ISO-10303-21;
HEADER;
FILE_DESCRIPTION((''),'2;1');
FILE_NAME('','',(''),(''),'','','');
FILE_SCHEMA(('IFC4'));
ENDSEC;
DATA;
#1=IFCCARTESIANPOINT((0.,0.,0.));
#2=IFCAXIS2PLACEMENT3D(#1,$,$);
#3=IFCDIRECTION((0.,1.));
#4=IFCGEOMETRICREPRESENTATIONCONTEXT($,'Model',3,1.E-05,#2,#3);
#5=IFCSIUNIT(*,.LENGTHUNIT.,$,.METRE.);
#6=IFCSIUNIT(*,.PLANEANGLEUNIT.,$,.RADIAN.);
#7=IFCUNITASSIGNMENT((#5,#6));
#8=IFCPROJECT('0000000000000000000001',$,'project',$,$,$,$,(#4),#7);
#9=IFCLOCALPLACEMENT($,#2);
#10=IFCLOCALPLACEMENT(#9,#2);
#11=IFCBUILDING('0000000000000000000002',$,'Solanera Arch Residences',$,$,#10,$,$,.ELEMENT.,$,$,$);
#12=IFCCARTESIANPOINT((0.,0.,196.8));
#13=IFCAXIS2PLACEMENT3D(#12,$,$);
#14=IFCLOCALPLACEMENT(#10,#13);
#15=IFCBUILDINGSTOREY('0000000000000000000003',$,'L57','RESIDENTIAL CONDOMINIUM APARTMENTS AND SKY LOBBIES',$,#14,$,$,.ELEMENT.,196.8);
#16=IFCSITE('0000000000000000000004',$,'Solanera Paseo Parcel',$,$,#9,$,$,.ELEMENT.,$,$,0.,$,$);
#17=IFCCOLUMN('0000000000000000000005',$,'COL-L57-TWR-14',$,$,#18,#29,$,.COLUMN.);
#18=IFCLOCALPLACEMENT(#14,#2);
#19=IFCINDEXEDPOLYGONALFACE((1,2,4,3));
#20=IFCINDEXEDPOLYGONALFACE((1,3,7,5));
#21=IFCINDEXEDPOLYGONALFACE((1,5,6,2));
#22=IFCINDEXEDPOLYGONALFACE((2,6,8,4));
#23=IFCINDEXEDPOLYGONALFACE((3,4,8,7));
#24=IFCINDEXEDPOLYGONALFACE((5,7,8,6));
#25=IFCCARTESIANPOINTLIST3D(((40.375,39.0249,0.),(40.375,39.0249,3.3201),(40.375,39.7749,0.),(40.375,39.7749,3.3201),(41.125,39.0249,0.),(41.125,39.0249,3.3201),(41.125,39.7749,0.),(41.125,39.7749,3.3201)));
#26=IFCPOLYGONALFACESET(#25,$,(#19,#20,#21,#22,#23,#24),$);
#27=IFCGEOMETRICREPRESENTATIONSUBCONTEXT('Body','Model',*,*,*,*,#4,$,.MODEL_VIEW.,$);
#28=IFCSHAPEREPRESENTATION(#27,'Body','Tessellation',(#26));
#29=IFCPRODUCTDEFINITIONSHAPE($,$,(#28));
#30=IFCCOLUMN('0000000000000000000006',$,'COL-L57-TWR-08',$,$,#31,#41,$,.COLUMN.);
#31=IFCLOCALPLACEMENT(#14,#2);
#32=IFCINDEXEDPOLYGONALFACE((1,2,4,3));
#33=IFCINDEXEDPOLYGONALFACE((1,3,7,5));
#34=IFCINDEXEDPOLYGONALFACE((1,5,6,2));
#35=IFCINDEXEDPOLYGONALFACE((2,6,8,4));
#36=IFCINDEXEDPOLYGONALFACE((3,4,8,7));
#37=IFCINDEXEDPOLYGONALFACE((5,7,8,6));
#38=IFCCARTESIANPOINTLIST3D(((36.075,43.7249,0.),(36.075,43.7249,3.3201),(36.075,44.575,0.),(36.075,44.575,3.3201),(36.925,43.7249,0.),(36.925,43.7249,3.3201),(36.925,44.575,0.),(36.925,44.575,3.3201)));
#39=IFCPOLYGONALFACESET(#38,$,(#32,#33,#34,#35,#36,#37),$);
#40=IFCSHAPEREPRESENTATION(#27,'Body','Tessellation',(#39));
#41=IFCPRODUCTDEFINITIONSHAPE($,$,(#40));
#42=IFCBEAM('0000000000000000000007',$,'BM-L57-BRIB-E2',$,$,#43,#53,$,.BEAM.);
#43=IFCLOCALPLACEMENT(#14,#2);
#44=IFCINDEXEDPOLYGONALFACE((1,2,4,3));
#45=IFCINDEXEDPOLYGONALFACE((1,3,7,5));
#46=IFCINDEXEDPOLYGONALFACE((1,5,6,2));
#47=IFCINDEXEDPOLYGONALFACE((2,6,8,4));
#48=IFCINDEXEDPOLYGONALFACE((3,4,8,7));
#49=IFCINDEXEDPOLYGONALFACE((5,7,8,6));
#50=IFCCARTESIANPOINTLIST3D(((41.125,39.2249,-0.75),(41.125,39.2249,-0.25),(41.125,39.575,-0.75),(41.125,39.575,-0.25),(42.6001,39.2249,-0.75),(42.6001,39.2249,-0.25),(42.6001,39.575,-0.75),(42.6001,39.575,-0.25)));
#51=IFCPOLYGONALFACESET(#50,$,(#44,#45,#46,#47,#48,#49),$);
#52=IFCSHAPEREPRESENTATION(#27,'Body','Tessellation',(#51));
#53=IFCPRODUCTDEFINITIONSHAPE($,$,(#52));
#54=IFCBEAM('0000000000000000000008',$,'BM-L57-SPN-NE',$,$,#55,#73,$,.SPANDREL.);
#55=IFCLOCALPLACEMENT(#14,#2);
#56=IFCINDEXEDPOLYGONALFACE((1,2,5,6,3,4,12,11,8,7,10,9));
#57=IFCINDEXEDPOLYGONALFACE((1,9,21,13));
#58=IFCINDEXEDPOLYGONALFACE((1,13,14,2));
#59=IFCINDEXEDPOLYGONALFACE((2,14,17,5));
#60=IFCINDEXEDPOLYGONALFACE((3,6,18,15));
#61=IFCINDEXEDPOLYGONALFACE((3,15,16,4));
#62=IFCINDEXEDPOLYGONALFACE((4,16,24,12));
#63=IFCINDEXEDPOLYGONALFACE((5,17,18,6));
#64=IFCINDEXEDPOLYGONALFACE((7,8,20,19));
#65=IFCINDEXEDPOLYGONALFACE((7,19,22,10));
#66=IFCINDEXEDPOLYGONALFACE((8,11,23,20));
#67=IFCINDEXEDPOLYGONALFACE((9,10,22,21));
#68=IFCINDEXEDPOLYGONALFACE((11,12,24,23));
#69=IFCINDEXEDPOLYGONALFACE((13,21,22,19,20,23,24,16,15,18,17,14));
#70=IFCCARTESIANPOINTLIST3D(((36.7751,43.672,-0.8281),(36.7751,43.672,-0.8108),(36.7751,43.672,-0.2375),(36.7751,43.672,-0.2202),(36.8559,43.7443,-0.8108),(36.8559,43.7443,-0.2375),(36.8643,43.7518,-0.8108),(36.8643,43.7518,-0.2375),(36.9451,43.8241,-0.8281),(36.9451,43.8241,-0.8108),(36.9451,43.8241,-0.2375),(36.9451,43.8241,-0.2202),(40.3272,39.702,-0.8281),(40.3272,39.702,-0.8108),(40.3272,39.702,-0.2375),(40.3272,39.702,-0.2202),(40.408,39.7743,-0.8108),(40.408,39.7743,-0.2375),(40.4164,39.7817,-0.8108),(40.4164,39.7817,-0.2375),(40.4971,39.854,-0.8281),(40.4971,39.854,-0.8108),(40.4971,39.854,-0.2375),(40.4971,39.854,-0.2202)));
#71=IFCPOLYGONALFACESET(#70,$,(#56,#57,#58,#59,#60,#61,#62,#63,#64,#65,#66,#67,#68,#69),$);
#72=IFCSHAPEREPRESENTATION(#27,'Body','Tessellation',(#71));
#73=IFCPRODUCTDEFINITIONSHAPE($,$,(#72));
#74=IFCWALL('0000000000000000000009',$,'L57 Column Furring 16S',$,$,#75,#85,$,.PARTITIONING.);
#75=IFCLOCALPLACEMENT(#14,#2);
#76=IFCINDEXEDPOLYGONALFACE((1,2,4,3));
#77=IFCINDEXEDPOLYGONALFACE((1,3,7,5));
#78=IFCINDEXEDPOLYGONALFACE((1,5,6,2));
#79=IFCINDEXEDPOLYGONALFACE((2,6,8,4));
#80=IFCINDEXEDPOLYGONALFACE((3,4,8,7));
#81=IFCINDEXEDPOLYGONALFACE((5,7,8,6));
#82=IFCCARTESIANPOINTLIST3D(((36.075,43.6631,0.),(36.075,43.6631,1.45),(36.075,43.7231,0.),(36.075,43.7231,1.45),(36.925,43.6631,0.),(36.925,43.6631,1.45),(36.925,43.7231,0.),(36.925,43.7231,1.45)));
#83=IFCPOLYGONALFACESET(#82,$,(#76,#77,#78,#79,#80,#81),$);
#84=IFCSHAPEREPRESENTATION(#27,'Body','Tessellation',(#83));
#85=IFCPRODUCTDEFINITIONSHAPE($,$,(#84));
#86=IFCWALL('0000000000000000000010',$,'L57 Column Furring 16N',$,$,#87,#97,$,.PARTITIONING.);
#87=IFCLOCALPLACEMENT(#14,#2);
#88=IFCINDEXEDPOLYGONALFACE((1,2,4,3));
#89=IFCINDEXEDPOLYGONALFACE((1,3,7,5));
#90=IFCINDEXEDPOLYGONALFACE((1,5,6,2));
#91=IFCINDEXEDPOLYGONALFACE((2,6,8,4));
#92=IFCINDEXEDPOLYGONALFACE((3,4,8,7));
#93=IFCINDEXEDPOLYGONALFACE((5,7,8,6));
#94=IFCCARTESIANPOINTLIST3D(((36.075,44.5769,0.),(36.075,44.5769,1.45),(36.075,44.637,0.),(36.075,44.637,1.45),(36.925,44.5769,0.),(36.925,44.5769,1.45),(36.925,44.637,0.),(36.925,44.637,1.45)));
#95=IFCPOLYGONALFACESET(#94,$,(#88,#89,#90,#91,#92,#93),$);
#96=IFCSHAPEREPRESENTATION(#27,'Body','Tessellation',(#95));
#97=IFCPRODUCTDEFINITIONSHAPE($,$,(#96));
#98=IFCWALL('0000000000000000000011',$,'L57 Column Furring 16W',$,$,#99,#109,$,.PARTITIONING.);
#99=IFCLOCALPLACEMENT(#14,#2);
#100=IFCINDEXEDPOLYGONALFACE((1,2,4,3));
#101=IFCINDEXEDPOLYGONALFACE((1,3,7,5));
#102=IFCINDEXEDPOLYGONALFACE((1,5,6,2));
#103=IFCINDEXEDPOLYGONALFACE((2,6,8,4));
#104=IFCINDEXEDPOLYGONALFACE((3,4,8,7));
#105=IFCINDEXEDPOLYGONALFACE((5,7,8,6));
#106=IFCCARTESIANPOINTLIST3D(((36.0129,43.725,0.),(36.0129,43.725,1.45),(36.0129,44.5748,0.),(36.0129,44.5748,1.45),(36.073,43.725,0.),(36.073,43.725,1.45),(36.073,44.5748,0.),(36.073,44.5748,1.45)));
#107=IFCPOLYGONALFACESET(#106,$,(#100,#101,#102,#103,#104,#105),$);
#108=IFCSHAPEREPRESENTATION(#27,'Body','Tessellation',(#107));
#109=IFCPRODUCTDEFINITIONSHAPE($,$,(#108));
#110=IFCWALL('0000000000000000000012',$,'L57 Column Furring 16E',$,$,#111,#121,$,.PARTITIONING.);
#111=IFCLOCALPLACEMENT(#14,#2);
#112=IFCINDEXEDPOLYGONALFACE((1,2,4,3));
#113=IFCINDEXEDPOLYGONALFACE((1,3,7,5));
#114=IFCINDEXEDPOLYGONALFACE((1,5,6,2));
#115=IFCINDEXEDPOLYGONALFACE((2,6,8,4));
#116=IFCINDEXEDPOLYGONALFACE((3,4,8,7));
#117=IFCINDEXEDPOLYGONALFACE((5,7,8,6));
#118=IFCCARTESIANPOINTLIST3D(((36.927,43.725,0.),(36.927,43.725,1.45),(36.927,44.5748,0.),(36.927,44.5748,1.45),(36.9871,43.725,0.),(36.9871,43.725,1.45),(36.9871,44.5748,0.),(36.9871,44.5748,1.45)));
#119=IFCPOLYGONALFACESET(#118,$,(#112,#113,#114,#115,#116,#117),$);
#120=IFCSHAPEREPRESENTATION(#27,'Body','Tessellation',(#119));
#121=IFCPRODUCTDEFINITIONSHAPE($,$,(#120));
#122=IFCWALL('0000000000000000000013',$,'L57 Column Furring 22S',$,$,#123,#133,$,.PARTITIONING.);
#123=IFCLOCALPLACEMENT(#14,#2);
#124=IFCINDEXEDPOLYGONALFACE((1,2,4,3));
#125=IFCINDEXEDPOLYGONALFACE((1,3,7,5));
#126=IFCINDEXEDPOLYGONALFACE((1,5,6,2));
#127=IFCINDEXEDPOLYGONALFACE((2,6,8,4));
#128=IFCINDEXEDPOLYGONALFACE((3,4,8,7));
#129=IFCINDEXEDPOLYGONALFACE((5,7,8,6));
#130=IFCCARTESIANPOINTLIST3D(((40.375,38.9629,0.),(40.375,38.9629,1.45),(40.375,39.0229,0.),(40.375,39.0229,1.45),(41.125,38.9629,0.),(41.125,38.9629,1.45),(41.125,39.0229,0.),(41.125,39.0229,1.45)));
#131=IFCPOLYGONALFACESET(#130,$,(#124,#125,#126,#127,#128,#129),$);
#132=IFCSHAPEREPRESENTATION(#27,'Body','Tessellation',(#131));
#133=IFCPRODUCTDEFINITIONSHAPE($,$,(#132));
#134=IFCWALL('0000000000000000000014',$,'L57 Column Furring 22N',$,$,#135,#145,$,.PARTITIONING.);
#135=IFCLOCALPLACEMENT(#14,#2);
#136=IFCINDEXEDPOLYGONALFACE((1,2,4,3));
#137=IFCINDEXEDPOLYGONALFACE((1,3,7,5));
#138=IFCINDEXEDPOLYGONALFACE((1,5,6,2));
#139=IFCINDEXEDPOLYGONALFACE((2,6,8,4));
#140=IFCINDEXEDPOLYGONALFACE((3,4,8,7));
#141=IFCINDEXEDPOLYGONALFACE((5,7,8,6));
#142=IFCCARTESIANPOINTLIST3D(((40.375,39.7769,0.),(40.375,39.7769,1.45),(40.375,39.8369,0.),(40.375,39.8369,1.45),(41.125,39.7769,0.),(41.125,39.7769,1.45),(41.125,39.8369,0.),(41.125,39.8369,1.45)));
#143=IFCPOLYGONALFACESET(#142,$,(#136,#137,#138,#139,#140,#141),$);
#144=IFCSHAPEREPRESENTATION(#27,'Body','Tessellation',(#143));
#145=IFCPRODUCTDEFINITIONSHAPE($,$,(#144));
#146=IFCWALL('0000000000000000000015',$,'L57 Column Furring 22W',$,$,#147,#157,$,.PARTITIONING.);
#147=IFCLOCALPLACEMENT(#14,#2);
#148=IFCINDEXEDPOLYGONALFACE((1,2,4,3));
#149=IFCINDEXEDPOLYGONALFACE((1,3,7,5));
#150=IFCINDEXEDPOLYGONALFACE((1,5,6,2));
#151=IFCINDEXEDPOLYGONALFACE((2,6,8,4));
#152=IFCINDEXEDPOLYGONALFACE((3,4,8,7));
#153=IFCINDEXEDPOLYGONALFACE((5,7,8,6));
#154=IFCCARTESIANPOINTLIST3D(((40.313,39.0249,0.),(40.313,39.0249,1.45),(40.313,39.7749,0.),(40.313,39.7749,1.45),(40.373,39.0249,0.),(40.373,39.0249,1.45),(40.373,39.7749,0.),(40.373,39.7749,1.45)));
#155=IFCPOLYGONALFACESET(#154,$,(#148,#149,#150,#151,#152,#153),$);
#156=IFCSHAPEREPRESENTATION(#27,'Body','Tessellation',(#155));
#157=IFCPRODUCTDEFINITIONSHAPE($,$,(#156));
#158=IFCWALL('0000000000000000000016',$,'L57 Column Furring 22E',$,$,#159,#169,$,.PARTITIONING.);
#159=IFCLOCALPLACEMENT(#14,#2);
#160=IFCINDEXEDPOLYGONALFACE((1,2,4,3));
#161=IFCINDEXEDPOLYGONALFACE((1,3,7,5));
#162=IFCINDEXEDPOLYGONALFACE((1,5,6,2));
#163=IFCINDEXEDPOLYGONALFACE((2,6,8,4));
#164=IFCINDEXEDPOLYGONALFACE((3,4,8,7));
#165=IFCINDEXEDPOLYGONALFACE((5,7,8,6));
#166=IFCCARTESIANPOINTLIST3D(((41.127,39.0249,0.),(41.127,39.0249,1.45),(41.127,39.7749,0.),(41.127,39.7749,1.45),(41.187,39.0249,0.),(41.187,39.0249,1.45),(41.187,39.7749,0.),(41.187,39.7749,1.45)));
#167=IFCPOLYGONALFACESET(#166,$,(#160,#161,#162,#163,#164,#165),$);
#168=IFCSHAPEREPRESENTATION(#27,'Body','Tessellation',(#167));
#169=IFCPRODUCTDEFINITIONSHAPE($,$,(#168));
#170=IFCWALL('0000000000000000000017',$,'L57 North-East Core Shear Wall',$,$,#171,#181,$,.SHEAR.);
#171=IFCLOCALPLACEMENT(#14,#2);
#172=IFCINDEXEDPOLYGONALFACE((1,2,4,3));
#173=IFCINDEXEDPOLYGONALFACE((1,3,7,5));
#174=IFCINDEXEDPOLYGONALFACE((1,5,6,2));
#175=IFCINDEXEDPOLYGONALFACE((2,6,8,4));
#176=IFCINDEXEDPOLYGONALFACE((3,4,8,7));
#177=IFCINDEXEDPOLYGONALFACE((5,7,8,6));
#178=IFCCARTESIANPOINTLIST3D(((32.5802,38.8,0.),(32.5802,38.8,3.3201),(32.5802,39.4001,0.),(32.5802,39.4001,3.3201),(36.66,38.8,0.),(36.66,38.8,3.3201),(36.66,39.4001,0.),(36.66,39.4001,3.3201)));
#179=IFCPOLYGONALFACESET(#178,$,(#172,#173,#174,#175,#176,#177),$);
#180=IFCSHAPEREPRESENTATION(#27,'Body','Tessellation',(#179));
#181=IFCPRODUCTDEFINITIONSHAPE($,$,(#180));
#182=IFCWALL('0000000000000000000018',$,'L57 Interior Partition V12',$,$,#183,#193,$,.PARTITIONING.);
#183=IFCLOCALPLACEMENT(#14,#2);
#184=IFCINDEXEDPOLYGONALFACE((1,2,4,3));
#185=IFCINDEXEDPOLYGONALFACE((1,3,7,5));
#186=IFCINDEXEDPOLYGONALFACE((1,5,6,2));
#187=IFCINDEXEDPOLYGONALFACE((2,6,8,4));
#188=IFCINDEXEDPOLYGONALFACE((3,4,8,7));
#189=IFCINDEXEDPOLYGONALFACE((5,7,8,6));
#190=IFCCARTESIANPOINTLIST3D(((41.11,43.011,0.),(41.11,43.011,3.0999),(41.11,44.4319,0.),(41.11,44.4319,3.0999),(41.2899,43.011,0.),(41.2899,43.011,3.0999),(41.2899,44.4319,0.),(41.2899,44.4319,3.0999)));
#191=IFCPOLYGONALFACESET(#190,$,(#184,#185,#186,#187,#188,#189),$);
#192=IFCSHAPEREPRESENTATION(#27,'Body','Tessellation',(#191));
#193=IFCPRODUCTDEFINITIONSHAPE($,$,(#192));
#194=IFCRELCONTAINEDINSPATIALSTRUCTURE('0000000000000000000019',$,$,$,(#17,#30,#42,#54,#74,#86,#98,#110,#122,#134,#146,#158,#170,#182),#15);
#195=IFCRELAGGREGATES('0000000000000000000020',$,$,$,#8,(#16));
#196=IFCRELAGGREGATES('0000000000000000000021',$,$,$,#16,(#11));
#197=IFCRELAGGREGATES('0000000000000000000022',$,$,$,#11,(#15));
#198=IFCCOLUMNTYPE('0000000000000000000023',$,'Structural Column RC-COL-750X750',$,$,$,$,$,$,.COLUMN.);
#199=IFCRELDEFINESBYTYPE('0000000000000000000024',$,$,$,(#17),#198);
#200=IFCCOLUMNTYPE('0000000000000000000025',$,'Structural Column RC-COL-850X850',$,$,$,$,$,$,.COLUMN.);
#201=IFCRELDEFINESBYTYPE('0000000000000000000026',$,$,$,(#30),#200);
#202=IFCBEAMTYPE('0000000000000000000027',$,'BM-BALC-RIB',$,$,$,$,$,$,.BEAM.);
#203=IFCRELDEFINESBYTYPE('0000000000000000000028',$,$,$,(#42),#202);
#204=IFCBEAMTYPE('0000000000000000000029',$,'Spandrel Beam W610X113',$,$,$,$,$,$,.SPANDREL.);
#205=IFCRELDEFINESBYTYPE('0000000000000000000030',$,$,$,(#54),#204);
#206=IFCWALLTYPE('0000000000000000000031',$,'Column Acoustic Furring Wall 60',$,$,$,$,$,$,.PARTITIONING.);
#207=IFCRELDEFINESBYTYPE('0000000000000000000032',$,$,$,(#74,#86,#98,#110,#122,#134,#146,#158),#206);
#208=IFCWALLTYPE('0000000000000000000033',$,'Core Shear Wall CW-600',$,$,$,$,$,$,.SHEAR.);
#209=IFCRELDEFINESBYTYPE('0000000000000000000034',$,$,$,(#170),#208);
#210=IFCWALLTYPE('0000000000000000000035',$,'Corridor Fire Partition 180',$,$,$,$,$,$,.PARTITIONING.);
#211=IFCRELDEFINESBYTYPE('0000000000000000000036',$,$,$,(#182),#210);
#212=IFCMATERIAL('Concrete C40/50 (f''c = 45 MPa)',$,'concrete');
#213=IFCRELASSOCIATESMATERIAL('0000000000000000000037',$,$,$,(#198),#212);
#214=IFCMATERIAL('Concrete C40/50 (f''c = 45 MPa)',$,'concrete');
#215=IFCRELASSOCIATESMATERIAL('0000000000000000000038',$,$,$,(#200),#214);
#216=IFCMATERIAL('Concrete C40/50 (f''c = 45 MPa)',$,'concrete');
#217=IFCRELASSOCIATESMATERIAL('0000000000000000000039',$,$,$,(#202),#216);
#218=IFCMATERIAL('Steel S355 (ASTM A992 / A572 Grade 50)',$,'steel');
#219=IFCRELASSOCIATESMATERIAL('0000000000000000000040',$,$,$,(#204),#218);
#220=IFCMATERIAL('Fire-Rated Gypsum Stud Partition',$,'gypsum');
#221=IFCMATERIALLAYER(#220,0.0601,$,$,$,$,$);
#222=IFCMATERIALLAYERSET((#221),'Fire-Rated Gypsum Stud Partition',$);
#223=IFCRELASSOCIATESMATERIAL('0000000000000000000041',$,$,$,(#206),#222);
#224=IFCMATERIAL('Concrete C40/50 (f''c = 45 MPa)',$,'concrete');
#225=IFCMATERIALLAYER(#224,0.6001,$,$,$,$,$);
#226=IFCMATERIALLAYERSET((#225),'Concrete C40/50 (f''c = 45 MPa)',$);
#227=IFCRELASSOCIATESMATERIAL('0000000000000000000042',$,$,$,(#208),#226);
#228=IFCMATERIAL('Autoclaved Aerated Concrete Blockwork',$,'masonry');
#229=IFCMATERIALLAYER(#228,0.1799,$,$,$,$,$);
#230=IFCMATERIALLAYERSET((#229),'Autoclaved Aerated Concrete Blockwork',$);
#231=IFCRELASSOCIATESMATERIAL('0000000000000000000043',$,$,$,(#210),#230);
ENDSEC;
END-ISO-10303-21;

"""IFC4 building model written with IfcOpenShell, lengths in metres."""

from ifc_helpers import new_model, si_unit, direction, frame, frame_2d, origin, origin_2d, place, context, subcontext, project, spatial, rectangle, i_section, extrude, material, layer, layer_set, material_profile, profile_set, type_object, element, save


model = new_model("IFC4")

# Units and contexts
model_context = context("Model", 3, precision=1e-05, world=origin(), true_north=direction((0.0, 1.0)))
body_context = subcontext(model_context, "Body", "Model", "MODEL_VIEW")
ifc_project = project(units=[si_unit("LENGTHUNIT", "METRE"), si_unit("PLANEANGLEUNIT", "RADIAN")], contexts=[model_context])

# Site, building, storey
site_placement = place(None, origin())
site = spatial("IfcSite", under=ifc_project, at=site_placement, Name="Solanera Paseo Parcel", CompositionType="ELEMENT", RefElevation=0.0)
building_placement = place(site_placement, origin())
building = spatial("IfcBuilding", under=site, at=building_placement, Name="Solanera Arch Residences", CompositionType="ELEMENT")
storey_placement = place(building_placement, frame((0.0, 0.0, 196.8)))
storey = spatial("IfcBuildingStorey", under=building, at=storey_placement, Name="L57", Description="RESIDENTIAL CONDOMINIUM APARTMENTS AND SKY LOBBIES", CompositionType="ELEMENT", Elevation=196.8)

# Columns
ifc_material_1 = material(Name="Concrete C40/50 (f'c = 45 MPa)", Category="concrete")
ifc_material_profile_1 = material_profile(ifc_material_1, rectangle(XDim=0.75, YDim=0.75, at=origin_2d()))
ifc_profile_set_1 = profile_set([ifc_material_profile_1], Name="Concrete C40/50 (f'c = 45 MPa)")
column_type_1 = type_object("IfcColumnType", Name="Structural Column RC-COL-750X750", PredefinedType="COLUMN", material=ifc_profile_set_1)
column_1_placement = place(storey_placement, frame((40.75, 39.3999, 0.0), z_axis=(0.0, 0.0, 1.0), x_axis=(1.0, 0.0, 0.0)))
element("IfcColumn", 1, at=column_1_placement, inside=storey, type_object=column_type_1, Name="COL-L57-TWR-14", PredefinedType="COLUMN", context=body_context, shape_type="SweptSolid", body=[
    extrude(rectangle(XDim=0.75, YDim=0.75, at=origin_2d()), origin(), (0.0, 0.0, 1.0), 3.3201),
])
ifc_material_2 = material(Name="Concrete C40/50 (f'c = 45 MPa)", Category="concrete")
ifc_material_profile_2 = material_profile(ifc_material_2, rectangle(XDim=0.8501, YDim=0.8501, at=origin_2d()))
ifc_profile_set_2 = profile_set([ifc_material_profile_2], Name="Concrete C40/50 (f'c = 45 MPa)")
column_type_2 = type_object("IfcColumnType", Name="Structural Column RC-COL-850X850", PredefinedType="COLUMN", material=ifc_profile_set_2)
column_2_placement = place(storey_placement, frame((36.5, 44.1499, 0.0), z_axis=(0.0, 0.0, 1.0), x_axis=(1.0, 0.0, 0.0)))
element("IfcColumn", 2, at=column_2_placement, inside=storey, type_object=column_type_2, Name="COL-L57-TWR-08", PredefinedType="COLUMN", context=body_context, shape_type="SweptSolid", body=[
    extrude(rectangle(XDim=0.8501, YDim=0.8501, at=origin_2d()), origin(), (0.0, 0.0, 1.0), 3.3201),
])

# Beams
ifc_material_3 = material(Name="Concrete C40/50 (f'c = 45 MPa)", Category="concrete")
ifc_material_profile_3 = material_profile(ifc_material_3, rectangle(XDim=0.3501, YDim=0.5, at=origin_2d()))
ifc_profile_set_3 = profile_set([ifc_material_profile_3], Name="Concrete C40/50 (f'c = 45 MPa)")
beam_type_1 = type_object("IfcBeamType", Name="BM-BALC-RIB", PredefinedType="BEAM", material=ifc_profile_set_3)
beam_1_placement = place(storey_placement, frame((41.125, 39.3999, -0.5), z_axis=(1.0, 0.0, 0.0), x_axis=(0.0, 1.0, 0.0)))
element("IfcBeam", 3, at=beam_1_placement, inside=storey, type_object=beam_type_1, Name="BM-L57-BRIB-E2", PredefinedType="BEAM", context=body_context, shape_type="SweptSolid", body=[
    extrude(rectangle(XDim=0.3501, YDim=0.5, at=origin_2d()), origin(), (0.0, 0.0, 1.0), 1.4751),
])
ifc_material_4 = material(Name="Steel S355 (ASTM A992 / A572 Grade 50)", Category="steel")
ifc_material_profile_4 = material_profile(ifc_material_4, i_section(OverallWidth=0.228, OverallDepth=0.6079, WebThickness=0.0112, FlangeThickness=0.0173, at=origin_2d()))
ifc_profile_set_4 = profile_set([ifc_material_profile_4], Name="Steel S355 (ASTM A992 / A572 Grade 50)")
beam_type_2 = type_object("IfcBeamType", Name="Spandrel Beam W610X113", PredefinedType="SPANDREL", material=ifc_profile_set_4)
beam_2_placement = place(storey_placement, frame((36.8601, 43.748, -0.5242), z_axis=(0.666787, -0.745249, 0.0), x_axis=(0.745249, 0.666787, 0.0)))
element("IfcBeam", 4, at=beam_2_placement, inside=storey, type_object=beam_type_2, Name="BM-L57-SPN-NE", PredefinedType="SPANDREL", context=body_context, shape_type="SweptSolid", body=[
    extrude(i_section(OverallWidth=0.228, OverallDepth=0.6079, WebThickness=0.0112, FlangeThickness=0.0173, at=origin_2d()), origin(), (0.0, 0.0, 1.0), 5.3271),
])

# Walls
ifc_material_5 = material(Name="Fire-Rated Gypsum Stud Partition", Category="gypsum")
ifc_layer_1 = layer(ifc_material_5, 0.0601)
ifc_layer_set_1 = layer_set([ifc_layer_1], Name="Fire-Rated Gypsum Stud Partition")
wall_type_1 = type_object("IfcWallType", Name="Column Acoustic Furring Wall 60", PredefinedType="PARTITIONING", material=ifc_layer_set_1)
for number, where, z_axis, x_axis, name in (
    (5, (36.075, 43.6931, 0.0), (0.0, 0.0, 1.0), (1.0, 0.0, 0.0), "L57 Column Furring 16S"),
    (6, (36.075, 44.6069, 0.0), (0.0, 0.0, 1.0), (1.0, 0.0, 0.0), "L57 Column Furring 16N"),
):
    element("IfcWall", number, at=place(storey_placement, frame(where, z_axis=z_axis, x_axis=x_axis)), inside=storey, type_object=wall_type_1, Name=name, PredefinedType="PARTITIONING", context=body_context, shape_type="SweptSolid", body=[
        extrude(rectangle(XDim=0.8501, YDim=0.0601, at=frame_2d((0.425, 0.0))), origin(), (0.0, 0.0, 1.0), 1.45),
    ])
for number, where, z_axis, x_axis, name in (
    (7, (36.043, 43.7251, 0.0), (0.0, 0.0, 1.0), (0.0, 1.0, 0.0), "L57 Column Furring 16W"),
    (8, (36.957, 43.7251, 0.0), (0.0, 0.0, 1.0), (0.0, 1.0, 0.0), "L57 Column Furring 16E"),
):
    element("IfcWall", number, at=place(storey_placement, frame(where, z_axis=z_axis, x_axis=x_axis)), inside=storey, type_object=wall_type_1, Name=name, PredefinedType="PARTITIONING", context=body_context, shape_type="SweptSolid", body=[
        extrude(rectangle(XDim=0.8499, YDim=0.0601, at=frame_2d((0.4248, 0.0))), origin(), (0.0, 0.0, 1.0), 1.45),
    ])
for number, where, z_axis, x_axis, name in (
    (9, (40.375, 38.9929, 0.0), (0.0, 0.0, 1.0), (1.0, 0.0, 0.0), "L57 Column Furring 22S"),
    (10, (40.375, 39.8069, 0.0), (0.0, 0.0, 1.0), (1.0, 0.0, 0.0), "L57 Column Furring 22N"),
    (11, (40.343, 39.0249, 0.0), (0.0, 0.0, 1.0), (0.0, 1.0, 0.0), "L57 Column Furring 22W"),
    (12, (41.157, 39.0249, 0.0), (0.0, 0.0, 1.0), (0.0, 1.0, 0.0), "L57 Column Furring 22E"),
):
    element("IfcWall", number, at=place(storey_placement, frame(where, z_axis=z_axis, x_axis=x_axis)), inside=storey, type_object=wall_type_1, Name=name, PredefinedType="PARTITIONING", context=body_context, shape_type="SweptSolid", body=[
        extrude(rectangle(XDim=0.75, YDim=0.0601, at=frame_2d((0.375, 0.0))), origin(), (0.0, 0.0, 1.0), 1.45),
    ])
ifc_material_6 = material(Name="Concrete C40/50 (f'c = 45 MPa)", Category="concrete")
ifc_layer_2 = layer(ifc_material_6, 0.6001)
ifc_layer_set_2 = layer_set([ifc_layer_2], Name="Concrete C40/50 (f'c = 45 MPa)")
wall_type_2 = type_object("IfcWallType", Name="Core Shear Wall CW-600", PredefinedType="SHEAR", material=ifc_layer_set_2)
wall_1_placement = place(storey_placement, frame((32.5801, 39.1001, 0.0), z_axis=(0.0, 0.0, 1.0), x_axis=(1.0, 0.0, 0.0)))
element("IfcWall", 13, at=wall_1_placement, inside=storey, type_object=wall_type_2, Name="L57 North-East Core Shear Wall", PredefinedType="SHEAR", context=body_context, shape_type="SweptSolid", body=[
    extrude(rectangle(XDim=4.0798, YDim=0.6001, at=frame_2d((2.04, 0.0))), origin(), (0.0, 0.0, 1.0), 3.3201),
])
ifc_material_7 = material(Name="Autoclaved Aerated Concrete Blockwork", Category="masonry")
ifc_layer_3 = layer(ifc_material_7, 0.1799)
ifc_layer_set_3 = layer_set([ifc_layer_3], Name="Autoclaved Aerated Concrete Blockwork")
wall_type_3 = type_object("IfcWallType", Name="Corridor Fire Partition 180", PredefinedType="PARTITIONING", material=ifc_layer_set_3)
wall_2_placement = place(storey_placement, frame((41.2, 43.011, 0.0), z_axis=(0.0, 0.0, 1.0), x_axis=(0.0, 1.0, 0.0)))
element("IfcWall", 14, at=wall_2_placement, inside=storey, type_object=wall_type_3, Name="L57 Interior Partition V12", PredefinedType="PARTITIONING", context=body_context, shape_type="SweptSolid", body=[
    extrude(rectangle(XDim=1.4209, YDim=0.1799, at=frame_2d((0.7104, 0.0))), origin(), (0.0, 0.0, 1.0), 3.0999),
])

save(model, "model.ifc")
